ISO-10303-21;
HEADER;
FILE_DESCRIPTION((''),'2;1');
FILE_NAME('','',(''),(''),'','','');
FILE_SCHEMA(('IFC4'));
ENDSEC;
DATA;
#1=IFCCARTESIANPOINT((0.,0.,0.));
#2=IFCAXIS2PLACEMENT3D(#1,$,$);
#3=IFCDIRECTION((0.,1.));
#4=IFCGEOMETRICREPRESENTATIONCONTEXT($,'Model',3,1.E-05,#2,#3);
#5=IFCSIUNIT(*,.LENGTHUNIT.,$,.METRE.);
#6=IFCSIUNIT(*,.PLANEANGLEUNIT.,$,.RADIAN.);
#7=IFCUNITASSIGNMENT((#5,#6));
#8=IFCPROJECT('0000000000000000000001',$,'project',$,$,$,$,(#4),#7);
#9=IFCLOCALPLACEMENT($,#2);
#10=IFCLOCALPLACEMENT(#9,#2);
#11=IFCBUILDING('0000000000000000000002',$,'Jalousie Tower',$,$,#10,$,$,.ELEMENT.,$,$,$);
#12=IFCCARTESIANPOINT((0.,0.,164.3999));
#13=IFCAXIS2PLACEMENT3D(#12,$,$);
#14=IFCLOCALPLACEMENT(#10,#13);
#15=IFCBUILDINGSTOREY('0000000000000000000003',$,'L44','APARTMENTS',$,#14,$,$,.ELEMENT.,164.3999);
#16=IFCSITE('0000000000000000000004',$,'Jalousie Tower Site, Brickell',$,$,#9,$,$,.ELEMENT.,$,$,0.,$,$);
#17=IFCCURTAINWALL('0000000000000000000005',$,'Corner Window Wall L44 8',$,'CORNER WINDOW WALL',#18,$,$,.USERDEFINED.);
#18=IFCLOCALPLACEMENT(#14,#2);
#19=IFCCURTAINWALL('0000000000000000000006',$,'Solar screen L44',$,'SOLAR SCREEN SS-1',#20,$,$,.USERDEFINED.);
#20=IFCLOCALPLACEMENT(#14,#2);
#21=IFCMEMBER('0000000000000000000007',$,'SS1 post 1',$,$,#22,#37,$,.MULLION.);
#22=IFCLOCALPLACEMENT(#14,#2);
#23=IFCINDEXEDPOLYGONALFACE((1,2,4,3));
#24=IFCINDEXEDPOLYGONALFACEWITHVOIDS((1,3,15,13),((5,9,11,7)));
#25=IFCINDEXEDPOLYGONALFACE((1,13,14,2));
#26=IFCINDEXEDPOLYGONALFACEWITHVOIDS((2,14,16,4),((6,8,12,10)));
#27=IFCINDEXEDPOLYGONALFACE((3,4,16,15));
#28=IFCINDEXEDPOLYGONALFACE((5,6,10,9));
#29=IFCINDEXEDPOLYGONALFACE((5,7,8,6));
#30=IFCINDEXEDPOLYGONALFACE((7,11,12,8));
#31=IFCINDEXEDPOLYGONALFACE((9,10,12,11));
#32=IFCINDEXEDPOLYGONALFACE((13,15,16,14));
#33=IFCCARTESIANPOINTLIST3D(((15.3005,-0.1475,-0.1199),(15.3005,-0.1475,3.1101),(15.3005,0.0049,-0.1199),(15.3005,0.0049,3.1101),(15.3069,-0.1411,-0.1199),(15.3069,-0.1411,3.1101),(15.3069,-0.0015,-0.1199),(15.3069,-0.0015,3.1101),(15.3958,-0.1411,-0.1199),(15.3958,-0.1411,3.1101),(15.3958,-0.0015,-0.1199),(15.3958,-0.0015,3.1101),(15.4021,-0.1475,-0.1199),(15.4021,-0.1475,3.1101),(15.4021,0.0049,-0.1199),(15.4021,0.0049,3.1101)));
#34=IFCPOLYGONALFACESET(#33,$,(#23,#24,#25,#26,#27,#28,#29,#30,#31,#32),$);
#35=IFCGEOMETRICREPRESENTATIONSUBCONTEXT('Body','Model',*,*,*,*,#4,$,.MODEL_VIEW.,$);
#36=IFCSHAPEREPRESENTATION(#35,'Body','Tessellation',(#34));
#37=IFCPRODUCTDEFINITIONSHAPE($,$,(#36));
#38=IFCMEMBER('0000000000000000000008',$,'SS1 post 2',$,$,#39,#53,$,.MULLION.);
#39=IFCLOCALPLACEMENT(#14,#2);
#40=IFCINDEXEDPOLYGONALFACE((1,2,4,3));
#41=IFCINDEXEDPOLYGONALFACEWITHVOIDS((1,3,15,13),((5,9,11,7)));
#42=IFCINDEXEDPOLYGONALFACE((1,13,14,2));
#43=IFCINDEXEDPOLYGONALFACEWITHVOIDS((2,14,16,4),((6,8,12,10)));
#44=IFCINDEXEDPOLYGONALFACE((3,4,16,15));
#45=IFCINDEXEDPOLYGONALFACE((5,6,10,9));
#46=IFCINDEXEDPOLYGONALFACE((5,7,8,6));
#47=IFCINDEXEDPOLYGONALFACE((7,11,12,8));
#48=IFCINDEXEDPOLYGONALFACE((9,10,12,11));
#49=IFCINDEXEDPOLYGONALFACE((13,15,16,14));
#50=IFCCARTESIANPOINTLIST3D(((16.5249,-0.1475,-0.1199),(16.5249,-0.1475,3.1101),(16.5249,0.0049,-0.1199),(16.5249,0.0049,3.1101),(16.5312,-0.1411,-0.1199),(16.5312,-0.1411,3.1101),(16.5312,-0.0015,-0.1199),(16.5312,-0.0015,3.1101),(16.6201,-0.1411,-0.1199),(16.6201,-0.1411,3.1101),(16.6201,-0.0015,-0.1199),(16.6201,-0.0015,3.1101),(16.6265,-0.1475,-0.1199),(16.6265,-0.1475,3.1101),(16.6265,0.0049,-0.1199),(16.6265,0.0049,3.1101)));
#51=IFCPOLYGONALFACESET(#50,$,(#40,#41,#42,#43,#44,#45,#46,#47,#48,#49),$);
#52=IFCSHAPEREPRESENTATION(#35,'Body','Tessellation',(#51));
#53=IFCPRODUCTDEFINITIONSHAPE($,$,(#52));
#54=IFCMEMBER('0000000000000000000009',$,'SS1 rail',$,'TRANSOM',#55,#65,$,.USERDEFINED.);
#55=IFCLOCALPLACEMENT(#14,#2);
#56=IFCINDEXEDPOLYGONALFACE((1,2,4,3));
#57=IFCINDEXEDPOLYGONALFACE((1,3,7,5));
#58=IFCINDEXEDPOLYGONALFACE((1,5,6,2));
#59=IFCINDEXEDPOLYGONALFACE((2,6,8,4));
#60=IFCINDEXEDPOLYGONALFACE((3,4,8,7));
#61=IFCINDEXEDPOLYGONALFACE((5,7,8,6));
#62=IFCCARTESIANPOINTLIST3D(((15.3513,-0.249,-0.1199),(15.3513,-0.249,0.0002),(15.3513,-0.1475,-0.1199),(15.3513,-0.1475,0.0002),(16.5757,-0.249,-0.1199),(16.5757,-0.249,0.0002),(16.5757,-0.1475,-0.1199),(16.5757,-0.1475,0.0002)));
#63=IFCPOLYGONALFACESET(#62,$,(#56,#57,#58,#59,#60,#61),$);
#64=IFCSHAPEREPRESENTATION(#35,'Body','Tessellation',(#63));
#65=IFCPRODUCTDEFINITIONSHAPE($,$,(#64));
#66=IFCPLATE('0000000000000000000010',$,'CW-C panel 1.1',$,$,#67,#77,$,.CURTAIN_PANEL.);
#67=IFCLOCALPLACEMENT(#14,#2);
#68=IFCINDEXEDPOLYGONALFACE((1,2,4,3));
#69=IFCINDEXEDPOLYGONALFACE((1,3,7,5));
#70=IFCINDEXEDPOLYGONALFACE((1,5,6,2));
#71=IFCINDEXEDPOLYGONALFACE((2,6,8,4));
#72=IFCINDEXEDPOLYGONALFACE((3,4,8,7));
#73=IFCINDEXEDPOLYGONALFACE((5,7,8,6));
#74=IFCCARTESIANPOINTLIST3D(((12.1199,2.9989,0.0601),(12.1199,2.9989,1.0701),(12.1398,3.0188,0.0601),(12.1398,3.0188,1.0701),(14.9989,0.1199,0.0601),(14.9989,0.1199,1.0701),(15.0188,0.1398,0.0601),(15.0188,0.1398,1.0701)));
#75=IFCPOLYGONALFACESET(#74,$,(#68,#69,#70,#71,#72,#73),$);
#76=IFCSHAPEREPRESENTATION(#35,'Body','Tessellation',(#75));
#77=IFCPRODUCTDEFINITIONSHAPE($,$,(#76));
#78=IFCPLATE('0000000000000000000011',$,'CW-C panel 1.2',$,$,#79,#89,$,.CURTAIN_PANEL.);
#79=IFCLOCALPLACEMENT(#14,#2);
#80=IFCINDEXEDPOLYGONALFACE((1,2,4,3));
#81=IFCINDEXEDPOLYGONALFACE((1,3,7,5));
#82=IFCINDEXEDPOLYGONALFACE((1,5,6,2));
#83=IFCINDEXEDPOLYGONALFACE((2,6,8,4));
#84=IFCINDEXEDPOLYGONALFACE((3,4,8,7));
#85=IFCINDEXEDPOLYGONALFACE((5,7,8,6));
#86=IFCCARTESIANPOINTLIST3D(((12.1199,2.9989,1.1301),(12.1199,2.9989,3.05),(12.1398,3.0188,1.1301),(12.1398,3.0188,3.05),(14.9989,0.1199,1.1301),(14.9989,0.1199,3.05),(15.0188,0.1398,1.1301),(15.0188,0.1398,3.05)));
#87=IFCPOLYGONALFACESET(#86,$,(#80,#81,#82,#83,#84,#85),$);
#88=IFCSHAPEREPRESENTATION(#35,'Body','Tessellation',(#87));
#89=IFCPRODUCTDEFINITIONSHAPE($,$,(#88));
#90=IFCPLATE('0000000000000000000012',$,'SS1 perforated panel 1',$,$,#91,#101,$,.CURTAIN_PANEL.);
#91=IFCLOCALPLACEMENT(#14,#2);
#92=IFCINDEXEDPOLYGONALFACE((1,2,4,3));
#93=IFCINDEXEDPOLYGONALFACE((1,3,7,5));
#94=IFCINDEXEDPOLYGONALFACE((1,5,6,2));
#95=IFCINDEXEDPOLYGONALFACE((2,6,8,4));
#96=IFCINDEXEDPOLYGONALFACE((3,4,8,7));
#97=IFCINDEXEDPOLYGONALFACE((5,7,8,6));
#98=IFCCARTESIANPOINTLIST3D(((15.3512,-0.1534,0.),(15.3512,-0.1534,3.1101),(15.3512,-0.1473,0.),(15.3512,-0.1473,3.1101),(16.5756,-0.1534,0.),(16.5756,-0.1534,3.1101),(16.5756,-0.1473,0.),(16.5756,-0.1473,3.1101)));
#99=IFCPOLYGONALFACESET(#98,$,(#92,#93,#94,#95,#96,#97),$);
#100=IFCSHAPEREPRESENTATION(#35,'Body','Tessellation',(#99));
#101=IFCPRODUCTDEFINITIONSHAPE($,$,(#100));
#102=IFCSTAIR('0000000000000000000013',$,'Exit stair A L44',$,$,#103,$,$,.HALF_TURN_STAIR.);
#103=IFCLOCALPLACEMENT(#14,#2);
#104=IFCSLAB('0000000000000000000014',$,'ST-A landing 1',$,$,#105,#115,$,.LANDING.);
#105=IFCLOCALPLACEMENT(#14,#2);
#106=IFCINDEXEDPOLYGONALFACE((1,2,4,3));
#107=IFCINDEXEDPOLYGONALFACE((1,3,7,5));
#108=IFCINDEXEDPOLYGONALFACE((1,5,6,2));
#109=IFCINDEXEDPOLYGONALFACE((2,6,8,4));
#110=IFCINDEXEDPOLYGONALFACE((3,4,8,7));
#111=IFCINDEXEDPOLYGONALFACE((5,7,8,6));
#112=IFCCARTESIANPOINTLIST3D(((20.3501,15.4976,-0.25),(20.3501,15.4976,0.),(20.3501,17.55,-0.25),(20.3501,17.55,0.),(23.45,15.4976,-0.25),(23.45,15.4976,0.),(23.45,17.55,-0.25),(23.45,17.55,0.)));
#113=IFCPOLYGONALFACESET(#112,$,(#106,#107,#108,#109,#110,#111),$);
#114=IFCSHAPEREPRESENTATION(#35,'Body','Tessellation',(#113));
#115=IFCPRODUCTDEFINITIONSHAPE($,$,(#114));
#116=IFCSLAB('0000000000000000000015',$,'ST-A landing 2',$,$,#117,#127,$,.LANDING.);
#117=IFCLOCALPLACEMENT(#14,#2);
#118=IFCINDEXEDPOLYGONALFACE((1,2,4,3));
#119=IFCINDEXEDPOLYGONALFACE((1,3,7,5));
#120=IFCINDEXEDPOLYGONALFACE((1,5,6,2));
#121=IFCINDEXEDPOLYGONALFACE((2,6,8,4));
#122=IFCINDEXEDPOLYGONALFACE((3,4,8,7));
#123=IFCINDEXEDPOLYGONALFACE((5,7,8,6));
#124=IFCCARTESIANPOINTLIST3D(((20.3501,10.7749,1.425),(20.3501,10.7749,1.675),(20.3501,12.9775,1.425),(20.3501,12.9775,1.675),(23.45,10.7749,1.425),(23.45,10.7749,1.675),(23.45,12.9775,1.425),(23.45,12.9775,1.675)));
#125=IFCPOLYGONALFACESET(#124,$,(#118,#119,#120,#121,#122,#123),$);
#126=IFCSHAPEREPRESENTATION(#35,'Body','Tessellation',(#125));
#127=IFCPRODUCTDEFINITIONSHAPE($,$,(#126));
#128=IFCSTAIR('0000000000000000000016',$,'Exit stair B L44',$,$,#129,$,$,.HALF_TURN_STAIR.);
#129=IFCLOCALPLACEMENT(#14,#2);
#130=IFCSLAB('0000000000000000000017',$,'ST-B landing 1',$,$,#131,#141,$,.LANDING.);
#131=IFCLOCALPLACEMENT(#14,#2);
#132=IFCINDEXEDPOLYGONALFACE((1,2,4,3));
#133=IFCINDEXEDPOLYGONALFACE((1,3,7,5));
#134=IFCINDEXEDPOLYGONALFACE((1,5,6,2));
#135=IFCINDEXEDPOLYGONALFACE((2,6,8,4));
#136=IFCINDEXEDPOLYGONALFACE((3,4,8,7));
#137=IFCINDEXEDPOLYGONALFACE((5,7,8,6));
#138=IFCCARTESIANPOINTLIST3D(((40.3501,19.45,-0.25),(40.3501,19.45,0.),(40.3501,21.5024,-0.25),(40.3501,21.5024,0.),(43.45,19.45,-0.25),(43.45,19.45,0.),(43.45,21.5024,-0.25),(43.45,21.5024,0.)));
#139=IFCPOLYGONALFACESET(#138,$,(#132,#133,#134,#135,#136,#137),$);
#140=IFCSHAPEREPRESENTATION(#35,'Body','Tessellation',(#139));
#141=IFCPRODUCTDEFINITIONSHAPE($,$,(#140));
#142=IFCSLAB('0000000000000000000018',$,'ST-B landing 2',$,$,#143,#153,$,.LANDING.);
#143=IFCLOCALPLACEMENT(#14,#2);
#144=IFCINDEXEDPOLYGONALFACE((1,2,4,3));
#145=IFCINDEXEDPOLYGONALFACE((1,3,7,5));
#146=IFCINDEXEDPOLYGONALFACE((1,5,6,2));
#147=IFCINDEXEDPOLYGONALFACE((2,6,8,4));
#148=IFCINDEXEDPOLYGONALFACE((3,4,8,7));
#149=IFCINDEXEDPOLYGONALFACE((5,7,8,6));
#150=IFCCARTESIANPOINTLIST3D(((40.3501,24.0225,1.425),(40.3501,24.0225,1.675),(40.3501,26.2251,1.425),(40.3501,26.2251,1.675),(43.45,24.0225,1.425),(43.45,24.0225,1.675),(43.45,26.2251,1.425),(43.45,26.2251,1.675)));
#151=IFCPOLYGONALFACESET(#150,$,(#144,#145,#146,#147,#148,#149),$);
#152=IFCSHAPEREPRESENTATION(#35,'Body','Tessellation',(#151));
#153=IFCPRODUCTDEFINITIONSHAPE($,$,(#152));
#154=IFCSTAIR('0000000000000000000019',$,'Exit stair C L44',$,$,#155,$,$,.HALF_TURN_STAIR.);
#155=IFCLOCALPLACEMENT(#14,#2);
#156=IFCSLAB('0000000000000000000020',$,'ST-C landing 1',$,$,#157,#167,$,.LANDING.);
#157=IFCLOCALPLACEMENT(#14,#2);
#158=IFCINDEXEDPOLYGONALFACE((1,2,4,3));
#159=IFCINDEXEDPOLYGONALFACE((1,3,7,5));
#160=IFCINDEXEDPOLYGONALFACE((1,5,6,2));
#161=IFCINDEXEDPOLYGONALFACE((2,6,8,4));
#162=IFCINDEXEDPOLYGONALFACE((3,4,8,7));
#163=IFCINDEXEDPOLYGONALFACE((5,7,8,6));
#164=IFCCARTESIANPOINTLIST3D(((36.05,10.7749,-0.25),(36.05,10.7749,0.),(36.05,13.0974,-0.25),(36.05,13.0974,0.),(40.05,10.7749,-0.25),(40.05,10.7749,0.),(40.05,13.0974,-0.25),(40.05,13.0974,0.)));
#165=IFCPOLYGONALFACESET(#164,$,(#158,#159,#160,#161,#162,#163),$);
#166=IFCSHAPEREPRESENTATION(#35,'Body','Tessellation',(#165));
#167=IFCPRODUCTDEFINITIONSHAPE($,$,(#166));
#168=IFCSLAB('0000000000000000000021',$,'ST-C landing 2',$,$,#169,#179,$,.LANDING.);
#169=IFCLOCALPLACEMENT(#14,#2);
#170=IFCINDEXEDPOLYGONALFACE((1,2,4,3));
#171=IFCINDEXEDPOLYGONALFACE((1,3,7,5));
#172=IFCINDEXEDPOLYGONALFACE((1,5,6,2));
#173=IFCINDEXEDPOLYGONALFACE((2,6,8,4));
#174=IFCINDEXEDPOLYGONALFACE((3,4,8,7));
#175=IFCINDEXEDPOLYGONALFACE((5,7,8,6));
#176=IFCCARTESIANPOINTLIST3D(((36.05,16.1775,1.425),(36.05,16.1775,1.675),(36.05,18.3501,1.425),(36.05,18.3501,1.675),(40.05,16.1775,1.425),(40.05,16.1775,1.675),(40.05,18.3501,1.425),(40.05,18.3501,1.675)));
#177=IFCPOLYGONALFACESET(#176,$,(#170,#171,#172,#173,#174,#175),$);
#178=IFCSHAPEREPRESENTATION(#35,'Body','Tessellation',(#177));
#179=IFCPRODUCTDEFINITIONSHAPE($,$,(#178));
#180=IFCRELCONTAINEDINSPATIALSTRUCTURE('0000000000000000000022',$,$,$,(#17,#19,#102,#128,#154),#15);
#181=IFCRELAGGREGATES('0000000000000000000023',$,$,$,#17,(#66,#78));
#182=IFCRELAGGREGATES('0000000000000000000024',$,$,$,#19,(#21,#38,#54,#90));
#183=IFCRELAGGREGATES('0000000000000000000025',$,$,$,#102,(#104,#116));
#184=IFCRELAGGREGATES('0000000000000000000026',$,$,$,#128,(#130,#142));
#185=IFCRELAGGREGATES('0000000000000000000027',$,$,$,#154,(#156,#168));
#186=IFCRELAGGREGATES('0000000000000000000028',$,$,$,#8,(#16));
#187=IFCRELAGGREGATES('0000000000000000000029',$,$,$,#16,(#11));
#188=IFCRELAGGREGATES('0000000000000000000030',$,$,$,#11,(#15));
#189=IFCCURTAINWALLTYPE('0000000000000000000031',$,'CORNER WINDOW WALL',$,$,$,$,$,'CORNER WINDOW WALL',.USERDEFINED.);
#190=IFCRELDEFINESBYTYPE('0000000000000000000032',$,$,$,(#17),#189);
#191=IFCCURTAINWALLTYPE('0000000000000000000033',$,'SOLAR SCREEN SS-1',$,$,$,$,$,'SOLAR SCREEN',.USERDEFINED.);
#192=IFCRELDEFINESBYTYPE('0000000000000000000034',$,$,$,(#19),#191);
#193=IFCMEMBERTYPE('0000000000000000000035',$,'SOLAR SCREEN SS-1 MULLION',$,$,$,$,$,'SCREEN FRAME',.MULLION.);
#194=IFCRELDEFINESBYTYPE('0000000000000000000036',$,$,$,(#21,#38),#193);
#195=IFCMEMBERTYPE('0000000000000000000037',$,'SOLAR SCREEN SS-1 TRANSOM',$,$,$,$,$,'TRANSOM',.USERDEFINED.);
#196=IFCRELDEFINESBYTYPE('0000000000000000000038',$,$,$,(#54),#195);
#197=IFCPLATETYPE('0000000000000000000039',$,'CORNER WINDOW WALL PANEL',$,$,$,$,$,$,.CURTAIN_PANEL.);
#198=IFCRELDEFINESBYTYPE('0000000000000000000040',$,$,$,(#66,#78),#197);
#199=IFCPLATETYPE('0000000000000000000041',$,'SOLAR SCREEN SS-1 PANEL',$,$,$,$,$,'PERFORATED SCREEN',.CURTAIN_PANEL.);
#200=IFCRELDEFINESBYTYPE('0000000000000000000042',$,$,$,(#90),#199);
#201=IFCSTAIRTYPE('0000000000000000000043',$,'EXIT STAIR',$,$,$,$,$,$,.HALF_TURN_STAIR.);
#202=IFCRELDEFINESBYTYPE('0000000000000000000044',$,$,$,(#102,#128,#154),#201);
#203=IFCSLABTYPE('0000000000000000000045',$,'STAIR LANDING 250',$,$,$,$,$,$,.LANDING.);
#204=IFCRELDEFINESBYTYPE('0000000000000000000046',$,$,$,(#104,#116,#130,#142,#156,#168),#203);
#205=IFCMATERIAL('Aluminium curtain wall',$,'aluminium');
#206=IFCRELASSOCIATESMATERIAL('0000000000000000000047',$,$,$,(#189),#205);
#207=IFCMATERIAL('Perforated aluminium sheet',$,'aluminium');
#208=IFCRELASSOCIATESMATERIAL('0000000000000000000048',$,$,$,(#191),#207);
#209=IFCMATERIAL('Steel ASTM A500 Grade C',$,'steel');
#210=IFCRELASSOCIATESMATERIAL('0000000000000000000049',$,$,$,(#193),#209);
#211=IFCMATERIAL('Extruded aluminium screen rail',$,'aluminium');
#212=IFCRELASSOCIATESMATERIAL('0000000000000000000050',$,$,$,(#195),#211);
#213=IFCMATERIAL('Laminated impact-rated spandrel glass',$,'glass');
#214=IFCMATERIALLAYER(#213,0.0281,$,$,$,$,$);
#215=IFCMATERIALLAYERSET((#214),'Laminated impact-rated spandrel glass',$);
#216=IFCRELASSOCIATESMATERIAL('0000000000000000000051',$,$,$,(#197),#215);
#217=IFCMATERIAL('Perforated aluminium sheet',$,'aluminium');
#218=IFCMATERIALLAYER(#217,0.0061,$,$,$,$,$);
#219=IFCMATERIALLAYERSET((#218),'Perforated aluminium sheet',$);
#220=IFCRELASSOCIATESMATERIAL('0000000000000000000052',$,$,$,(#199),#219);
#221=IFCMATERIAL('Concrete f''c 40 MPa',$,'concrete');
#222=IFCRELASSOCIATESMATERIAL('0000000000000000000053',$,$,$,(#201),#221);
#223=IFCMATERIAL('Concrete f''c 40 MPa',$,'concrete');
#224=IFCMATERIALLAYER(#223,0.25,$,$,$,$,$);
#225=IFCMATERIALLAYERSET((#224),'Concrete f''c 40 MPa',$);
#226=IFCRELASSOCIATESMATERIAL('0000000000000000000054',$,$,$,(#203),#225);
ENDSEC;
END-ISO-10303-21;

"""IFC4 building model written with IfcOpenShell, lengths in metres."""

from ifc_helpers import new_model, si_unit, direction, frame, origin, origin_2d, place, context, subcontext, project, spatial, polyline, rectangle, hollow_rectangle, outline, extrude, material, layer, layer_set, material_profile, profile_set, type_object, element, aggregate, save


model = new_model("IFC4")

# Units and contexts
model_context = context("Model", 3, precision=1e-05, world=origin(), true_north=direction((0.0, 1.0)))
body_context = subcontext(model_context, "Body", "Model", "MODEL_VIEW")
ifc_project = project(units=[si_unit("LENGTHUNIT", "METRE"), si_unit("PLANEANGLEUNIT", "RADIAN")], contexts=[model_context])

# Site, building, storey
site_placement = place(None, origin())
site = spatial("IfcSite", under=ifc_project, at=site_placement, Name="Jalousie Tower Site, Brickell", CompositionType="ELEMENT", RefElevation=0.0)
building_placement = place(site_placement, origin())
building = spatial("IfcBuilding", under=site, at=building_placement, Name="Jalousie Tower", CompositionType="ELEMENT")
storey_placement = place(building_placement, frame((0.0, 0.0, 164.3999)))
storey = spatial("IfcBuildingStorey", under=building, at=storey_placement, Name="L44", Description="APARTMENTS", CompositionType="ELEMENT", Elevation=164.3999)

# Curtain wall
ifc_material_1 = material(Name="Aluminium curtain wall", Category="aluminium")
curtain_wall_type_1 = type_object("IfcCurtainWallType", Name="CORNER WINDOW WALL", ElementType="CORNER WINDOW WALL", PredefinedType="USERDEFINED", material=ifc_material_1)
curtain_wall_1_placement = place(storey_placement, origin())
curtain_wall_1 = element("IfcCurtainWall", 1, at=curtain_wall_1_placement, inside=storey, type_object=curtain_wall_type_1, Name="Corner Window Wall L44 8", ObjectType="CORNER WINDOW WALL", PredefinedType="USERDEFINED")

# Curtain wall, members
ifc_material_2 = material(Name="Perforated aluminium sheet", Category="aluminium")
curtain_wall_type_2 = type_object("IfcCurtainWallType", Name="SOLAR SCREEN SS-1", ElementType="SOLAR SCREEN", PredefinedType="USERDEFINED", material=ifc_material_2)
curtain_wall_2_placement = place(storey_placement, origin())
curtain_wall_2 = element("IfcCurtainWall", 2, at=curtain_wall_2_placement, inside=storey, type_object=curtain_wall_type_2, Name="Solar screen L44", ObjectType="SOLAR SCREEN SS-1", PredefinedType="USERDEFINED")
ifc_material_3 = material(Name="Steel ASTM A500 Grade C", Category="steel")
ifc_material_profile_1 = material_profile(ifc_material_3, hollow_rectangle(XDim=0.1016, YDim=0.1523, WallThickness=0.0063, at=origin_2d()), Name="HSS6X4X1/4")
ifc_profile_set_1 = profile_set([ifc_material_profile_1], Name="Steel ASTM A500 Grade C")
member_type_1 = type_object("IfcMemberType", Name="SOLAR SCREEN SS-1 MULLION", ElementType="SCREEN FRAME", PredefinedType="MULLION", material=ifc_profile_set_1)
member_1_placement = place(storey_placement, frame((15.3513, -0.0713, -0.1199), z_axis=(0.0, 0.0, 1.0), x_axis=(1.0, 0.0, 0.0)))
member_1 = element("IfcMember", 3, at=member_1_placement, type_object=member_type_1, Name="SS1 post 1", PredefinedType="MULLION", context=body_context, shape_type="SweptSolid", body=[
    extrude(hollow_rectangle(XDim=0.1016, YDim=0.1523, WallThickness=0.0063, at=origin_2d()), origin(), (0.0, 0.0, 1.0), 3.23),
])
member_2_placement = place(storey_placement, frame((16.5757, -0.0713, -0.1199), z_axis=(0.0, 0.0, 1.0), x_axis=(1.0, 0.0, 0.0)))
member_2 = element("IfcMember", 4, at=member_2_placement, type_object=member_type_1, Name="SS1 post 2", PredefinedType="MULLION", context=body_context, shape_type="SweptSolid", body=[
    extrude(hollow_rectangle(XDim=0.1016, YDim=0.1523, WallThickness=0.0063, at=origin_2d()), origin(), (0.0, 0.0, 1.0), 3.23),
])
ifc_material_4 = material(Name="Extruded aluminium screen rail", Category="aluminium")
ifc_material_profile_2 = material_profile(ifc_material_4, rectangle(XDim=0.1016, YDim=0.1201, at=origin_2d()), Name="RAIL 102x120")
ifc_profile_set_2 = profile_set([ifc_material_profile_2], Name="Extruded aluminium screen rail")
member_type_2 = type_object("IfcMemberType", Name="SOLAR SCREEN SS-1 TRANSOM", ElementType="TRANSOM", PredefinedType="USERDEFINED", material=ifc_profile_set_2)
member_3_placement = place(storey_placement, frame((15.3513, -0.1982, -0.0598), z_axis=(1.0, 0.0, 0.0), x_axis=(0.0, 1.0, 0.0)))
member_3 = element("IfcMember", 5, at=member_3_placement, type_object=member_type_2, Name="SS1 rail", ObjectType="TRANSOM", PredefinedType="USERDEFINED", context=body_context, shape_type="SweptSolid", body=[
    extrude(rectangle(XDim=0.1016, YDim=0.1201, at=origin_2d()), origin(), (0.0, 0.0, 1.0), 1.2244),
])

# Plates
ifc_material_5 = material(Name="Laminated impact-rated spandrel glass", Category="glass")
ifc_layer_1 = layer(ifc_material_5, 0.0281)
ifc_layer_set_1 = layer_set([ifc_layer_1], Name="Laminated impact-rated spandrel glass")
plate_type_1 = type_object("IfcPlateType", Name="CORNER WINDOW WALL PANEL", PredefinedType="CURTAIN_PANEL", material=ifc_layer_set_1)
plate_1_placement = place(storey_placement, frame((13.5693, 1.5693, 0.0601), z_axis=(0.0, 0.0, 1.0), x_axis=(0.707107, -0.707107, 0.0)))
plate_1 = element("IfcPlate", 6, at=plate_1_placement, type_object=plate_type_1, Name="CW-C panel 1.1", PredefinedType="CURTAIN_PANEL", context=body_context, shape_type="SweptSolid", body=[
    extrude(rectangle(XDim=4.0715, YDim=0.0281, at=origin_2d()), origin(), (0.0, 0.0, 1.0), 1.01),
])
plate_2_placement = place(storey_placement, frame((13.5693, 1.5693, 1.1301), z_axis=(0.0, 0.0, 1.0), x_axis=(0.707107, -0.707107, 0.0)))
plate_2 = element("IfcPlate", 7, at=plate_2_placement, type_object=plate_type_1, Name="CW-C panel 1.2", PredefinedType="CURTAIN_PANEL", context=body_context, shape_type="SweptSolid", body=[
    extrude(rectangle(XDim=4.0715, YDim=0.0281, at=origin_2d()), origin(), (0.0, 0.0, 1.0), 1.9199),
])
aggregate(curtain_wall_1, [plate_1, plate_2])

# Plate
ifc_material_6 = material(Name="Perforated aluminium sheet", Category="aluminium")
ifc_layer_2 = layer(ifc_material_6, 0.0061)
ifc_layer_set_2 = layer_set([ifc_layer_2], Name="Perforated aluminium sheet")
plate_type_2 = type_object("IfcPlateType", Name="SOLAR SCREEN SS-1 PANEL", ElementType="PERFORATED SCREEN", PredefinedType="CURTAIN_PANEL", material=ifc_layer_set_2)
plate_3_placement = place(storey_placement, frame((15.9634, -0.1504, 0.0), z_axis=(0.0, 0.0, 1.0), x_axis=(1.0, 0.0, 0.0)))
plate_3 = element("IfcPlate", 8, at=plate_3_placement, type_object=plate_type_2, Name="SS1 perforated panel 1", PredefinedType="CURTAIN_PANEL", context=body_context, shape_type="SweptSolid", body=[
    extrude(rectangle(XDim=1.2244, YDim=0.0061, at=origin_2d()), origin(), (0.0, 0.0, 1.0), 3.1101),
])
aggregate(curtain_wall_2, [member_1, member_2, member_3, plate_3])

# Stairs, slabs
ifc_material_7 = material(Name="Concrete f'c 40 MPa", Category="concrete")
stair_type = type_object("IfcStairType", Name="EXIT STAIR", PredefinedType="HALF_TURN_STAIR", material=ifc_material_7)
stair_1_placement = place(storey_placement, origin())
stair_1 = element("IfcStair", 9, at=stair_1_placement, inside=storey, type_object=stair_type, Name="Exit stair A L44", PredefinedType="HALF_TURN_STAIR")
ifc_material_8 = material(Name="Concrete f'c 40 MPa", Category="concrete")
ifc_layer_3 = layer(ifc_material_8, 0.25)
ifc_layer_set_3 = layer_set([ifc_layer_3], Name="Concrete f'c 40 MPa")
slab_type_1 = type_object("IfcSlabType", Name="STAIR LANDING 250", PredefinedType="LANDING", material=ifc_layer_set_3)
slab_1_placement = place(storey_placement, frame((0.0, 0.0, -0.25)))
slab_1 = element("IfcSlab", 10, at=slab_1_placement, type_object=slab_type_1, Name="ST-A landing 1", PredefinedType="LANDING", context=body_context, shape_type="SweptSolid", body=[
    extrude(outline(polyline([(20.3501, 15.4976), (23.45, 15.4976), (23.45, 17.55), (20.3501, 17.55), (20.3501, 15.4976)])), origin(), (0.0, 0.0, 1.0), 0.25),
])
slab_2_placement = place(storey_placement, frame((0.0, 0.0, 1.425)))
slab_2 = element("IfcSlab", 11, at=slab_2_placement, type_object=slab_type_1, Name="ST-A landing 2", PredefinedType="LANDING", context=body_context, shape_type="SweptSolid", body=[
    extrude(outline(polyline([(20.3501, 10.7749), (23.45, 10.7749), (23.45, 12.9775), (20.3501, 12.9775), (20.3501, 10.7749)])), origin(), (0.0, 0.0, 1.0), 0.25),
])
aggregate(stair_1, [slab_1, slab_2])
stair_2_placement = place(storey_placement, origin())
stair_2 = element("IfcStair", 12, at=stair_2_placement, inside=storey, type_object=stair_type, Name="Exit stair B L44", PredefinedType="HALF_TURN_STAIR")
slab_3_placement = place(storey_placement, frame((0.0, 0.0, -0.25)))
slab_3 = element("IfcSlab", 13, at=slab_3_placement, type_object=slab_type_1, Name="ST-B landing 1", PredefinedType="LANDING", context=body_context, shape_type="SweptSolid", body=[
    extrude(outline(polyline([(40.3501, 19.45), (43.45, 19.45), (43.45, 21.5024), (40.3501, 21.5024), (40.3501, 19.45)])), origin(), (0.0, 0.0, 1.0), 0.25),
])
slab_4_placement = place(storey_placement, frame((0.0, 0.0, 1.425)))
slab_4 = element("IfcSlab", 14, at=slab_4_placement, type_object=slab_type_1, Name="ST-B landing 2", PredefinedType="LANDING", context=body_context, shape_type="SweptSolid", body=[
    extrude(outline(polyline([(40.3501, 24.0225), (43.45, 24.0225), (43.45, 26.2251), (40.3501, 26.2251), (40.3501, 24.0225)])), origin(), (0.0, 0.0, 1.0), 0.25),
])
aggregate(stair_2, [slab_3, slab_4])
stair_3_placement = place(storey_placement, origin())
stair_3 = element("IfcStair", 15, at=stair_3_placement, inside=storey, type_object=stair_type, Name="Exit stair C L44", PredefinedType="HALF_TURN_STAIR")
slab_5_placement = place(storey_placement, frame((0.0, 0.0, -0.25)))
slab_5 = element("IfcSlab", 16, at=slab_5_placement, type_object=slab_type_1, Name="ST-C landing 1", PredefinedType="LANDING", context=body_context, shape_type="SweptSolid", body=[
    extrude(outline(polyline([(36.05, 10.7749), (40.05, 10.7749), (40.05, 13.0974), (36.05, 13.0974), (36.05, 10.7749)])), origin(), (0.0, 0.0, 1.0), 0.25),
])
slab_6_placement = place(storey_placement, frame((0.0, 0.0, 1.425)))
slab_6 = element("IfcSlab", 17, at=slab_6_placement, type_object=slab_type_1, Name="ST-C landing 2", PredefinedType="LANDING", context=body_context, shape_type="SweptSolid", body=[
    extrude(outline(polyline([(36.05, 16.1775), (40.05, 16.1775), (40.05, 18.3501), (36.05, 18.3501), (36.05, 16.1775)])), origin(), (0.0, 0.0, 1.0), 0.25),
])
aggregate(stair_3, [slab_5, slab_6])

save(model, "model.ifc")
